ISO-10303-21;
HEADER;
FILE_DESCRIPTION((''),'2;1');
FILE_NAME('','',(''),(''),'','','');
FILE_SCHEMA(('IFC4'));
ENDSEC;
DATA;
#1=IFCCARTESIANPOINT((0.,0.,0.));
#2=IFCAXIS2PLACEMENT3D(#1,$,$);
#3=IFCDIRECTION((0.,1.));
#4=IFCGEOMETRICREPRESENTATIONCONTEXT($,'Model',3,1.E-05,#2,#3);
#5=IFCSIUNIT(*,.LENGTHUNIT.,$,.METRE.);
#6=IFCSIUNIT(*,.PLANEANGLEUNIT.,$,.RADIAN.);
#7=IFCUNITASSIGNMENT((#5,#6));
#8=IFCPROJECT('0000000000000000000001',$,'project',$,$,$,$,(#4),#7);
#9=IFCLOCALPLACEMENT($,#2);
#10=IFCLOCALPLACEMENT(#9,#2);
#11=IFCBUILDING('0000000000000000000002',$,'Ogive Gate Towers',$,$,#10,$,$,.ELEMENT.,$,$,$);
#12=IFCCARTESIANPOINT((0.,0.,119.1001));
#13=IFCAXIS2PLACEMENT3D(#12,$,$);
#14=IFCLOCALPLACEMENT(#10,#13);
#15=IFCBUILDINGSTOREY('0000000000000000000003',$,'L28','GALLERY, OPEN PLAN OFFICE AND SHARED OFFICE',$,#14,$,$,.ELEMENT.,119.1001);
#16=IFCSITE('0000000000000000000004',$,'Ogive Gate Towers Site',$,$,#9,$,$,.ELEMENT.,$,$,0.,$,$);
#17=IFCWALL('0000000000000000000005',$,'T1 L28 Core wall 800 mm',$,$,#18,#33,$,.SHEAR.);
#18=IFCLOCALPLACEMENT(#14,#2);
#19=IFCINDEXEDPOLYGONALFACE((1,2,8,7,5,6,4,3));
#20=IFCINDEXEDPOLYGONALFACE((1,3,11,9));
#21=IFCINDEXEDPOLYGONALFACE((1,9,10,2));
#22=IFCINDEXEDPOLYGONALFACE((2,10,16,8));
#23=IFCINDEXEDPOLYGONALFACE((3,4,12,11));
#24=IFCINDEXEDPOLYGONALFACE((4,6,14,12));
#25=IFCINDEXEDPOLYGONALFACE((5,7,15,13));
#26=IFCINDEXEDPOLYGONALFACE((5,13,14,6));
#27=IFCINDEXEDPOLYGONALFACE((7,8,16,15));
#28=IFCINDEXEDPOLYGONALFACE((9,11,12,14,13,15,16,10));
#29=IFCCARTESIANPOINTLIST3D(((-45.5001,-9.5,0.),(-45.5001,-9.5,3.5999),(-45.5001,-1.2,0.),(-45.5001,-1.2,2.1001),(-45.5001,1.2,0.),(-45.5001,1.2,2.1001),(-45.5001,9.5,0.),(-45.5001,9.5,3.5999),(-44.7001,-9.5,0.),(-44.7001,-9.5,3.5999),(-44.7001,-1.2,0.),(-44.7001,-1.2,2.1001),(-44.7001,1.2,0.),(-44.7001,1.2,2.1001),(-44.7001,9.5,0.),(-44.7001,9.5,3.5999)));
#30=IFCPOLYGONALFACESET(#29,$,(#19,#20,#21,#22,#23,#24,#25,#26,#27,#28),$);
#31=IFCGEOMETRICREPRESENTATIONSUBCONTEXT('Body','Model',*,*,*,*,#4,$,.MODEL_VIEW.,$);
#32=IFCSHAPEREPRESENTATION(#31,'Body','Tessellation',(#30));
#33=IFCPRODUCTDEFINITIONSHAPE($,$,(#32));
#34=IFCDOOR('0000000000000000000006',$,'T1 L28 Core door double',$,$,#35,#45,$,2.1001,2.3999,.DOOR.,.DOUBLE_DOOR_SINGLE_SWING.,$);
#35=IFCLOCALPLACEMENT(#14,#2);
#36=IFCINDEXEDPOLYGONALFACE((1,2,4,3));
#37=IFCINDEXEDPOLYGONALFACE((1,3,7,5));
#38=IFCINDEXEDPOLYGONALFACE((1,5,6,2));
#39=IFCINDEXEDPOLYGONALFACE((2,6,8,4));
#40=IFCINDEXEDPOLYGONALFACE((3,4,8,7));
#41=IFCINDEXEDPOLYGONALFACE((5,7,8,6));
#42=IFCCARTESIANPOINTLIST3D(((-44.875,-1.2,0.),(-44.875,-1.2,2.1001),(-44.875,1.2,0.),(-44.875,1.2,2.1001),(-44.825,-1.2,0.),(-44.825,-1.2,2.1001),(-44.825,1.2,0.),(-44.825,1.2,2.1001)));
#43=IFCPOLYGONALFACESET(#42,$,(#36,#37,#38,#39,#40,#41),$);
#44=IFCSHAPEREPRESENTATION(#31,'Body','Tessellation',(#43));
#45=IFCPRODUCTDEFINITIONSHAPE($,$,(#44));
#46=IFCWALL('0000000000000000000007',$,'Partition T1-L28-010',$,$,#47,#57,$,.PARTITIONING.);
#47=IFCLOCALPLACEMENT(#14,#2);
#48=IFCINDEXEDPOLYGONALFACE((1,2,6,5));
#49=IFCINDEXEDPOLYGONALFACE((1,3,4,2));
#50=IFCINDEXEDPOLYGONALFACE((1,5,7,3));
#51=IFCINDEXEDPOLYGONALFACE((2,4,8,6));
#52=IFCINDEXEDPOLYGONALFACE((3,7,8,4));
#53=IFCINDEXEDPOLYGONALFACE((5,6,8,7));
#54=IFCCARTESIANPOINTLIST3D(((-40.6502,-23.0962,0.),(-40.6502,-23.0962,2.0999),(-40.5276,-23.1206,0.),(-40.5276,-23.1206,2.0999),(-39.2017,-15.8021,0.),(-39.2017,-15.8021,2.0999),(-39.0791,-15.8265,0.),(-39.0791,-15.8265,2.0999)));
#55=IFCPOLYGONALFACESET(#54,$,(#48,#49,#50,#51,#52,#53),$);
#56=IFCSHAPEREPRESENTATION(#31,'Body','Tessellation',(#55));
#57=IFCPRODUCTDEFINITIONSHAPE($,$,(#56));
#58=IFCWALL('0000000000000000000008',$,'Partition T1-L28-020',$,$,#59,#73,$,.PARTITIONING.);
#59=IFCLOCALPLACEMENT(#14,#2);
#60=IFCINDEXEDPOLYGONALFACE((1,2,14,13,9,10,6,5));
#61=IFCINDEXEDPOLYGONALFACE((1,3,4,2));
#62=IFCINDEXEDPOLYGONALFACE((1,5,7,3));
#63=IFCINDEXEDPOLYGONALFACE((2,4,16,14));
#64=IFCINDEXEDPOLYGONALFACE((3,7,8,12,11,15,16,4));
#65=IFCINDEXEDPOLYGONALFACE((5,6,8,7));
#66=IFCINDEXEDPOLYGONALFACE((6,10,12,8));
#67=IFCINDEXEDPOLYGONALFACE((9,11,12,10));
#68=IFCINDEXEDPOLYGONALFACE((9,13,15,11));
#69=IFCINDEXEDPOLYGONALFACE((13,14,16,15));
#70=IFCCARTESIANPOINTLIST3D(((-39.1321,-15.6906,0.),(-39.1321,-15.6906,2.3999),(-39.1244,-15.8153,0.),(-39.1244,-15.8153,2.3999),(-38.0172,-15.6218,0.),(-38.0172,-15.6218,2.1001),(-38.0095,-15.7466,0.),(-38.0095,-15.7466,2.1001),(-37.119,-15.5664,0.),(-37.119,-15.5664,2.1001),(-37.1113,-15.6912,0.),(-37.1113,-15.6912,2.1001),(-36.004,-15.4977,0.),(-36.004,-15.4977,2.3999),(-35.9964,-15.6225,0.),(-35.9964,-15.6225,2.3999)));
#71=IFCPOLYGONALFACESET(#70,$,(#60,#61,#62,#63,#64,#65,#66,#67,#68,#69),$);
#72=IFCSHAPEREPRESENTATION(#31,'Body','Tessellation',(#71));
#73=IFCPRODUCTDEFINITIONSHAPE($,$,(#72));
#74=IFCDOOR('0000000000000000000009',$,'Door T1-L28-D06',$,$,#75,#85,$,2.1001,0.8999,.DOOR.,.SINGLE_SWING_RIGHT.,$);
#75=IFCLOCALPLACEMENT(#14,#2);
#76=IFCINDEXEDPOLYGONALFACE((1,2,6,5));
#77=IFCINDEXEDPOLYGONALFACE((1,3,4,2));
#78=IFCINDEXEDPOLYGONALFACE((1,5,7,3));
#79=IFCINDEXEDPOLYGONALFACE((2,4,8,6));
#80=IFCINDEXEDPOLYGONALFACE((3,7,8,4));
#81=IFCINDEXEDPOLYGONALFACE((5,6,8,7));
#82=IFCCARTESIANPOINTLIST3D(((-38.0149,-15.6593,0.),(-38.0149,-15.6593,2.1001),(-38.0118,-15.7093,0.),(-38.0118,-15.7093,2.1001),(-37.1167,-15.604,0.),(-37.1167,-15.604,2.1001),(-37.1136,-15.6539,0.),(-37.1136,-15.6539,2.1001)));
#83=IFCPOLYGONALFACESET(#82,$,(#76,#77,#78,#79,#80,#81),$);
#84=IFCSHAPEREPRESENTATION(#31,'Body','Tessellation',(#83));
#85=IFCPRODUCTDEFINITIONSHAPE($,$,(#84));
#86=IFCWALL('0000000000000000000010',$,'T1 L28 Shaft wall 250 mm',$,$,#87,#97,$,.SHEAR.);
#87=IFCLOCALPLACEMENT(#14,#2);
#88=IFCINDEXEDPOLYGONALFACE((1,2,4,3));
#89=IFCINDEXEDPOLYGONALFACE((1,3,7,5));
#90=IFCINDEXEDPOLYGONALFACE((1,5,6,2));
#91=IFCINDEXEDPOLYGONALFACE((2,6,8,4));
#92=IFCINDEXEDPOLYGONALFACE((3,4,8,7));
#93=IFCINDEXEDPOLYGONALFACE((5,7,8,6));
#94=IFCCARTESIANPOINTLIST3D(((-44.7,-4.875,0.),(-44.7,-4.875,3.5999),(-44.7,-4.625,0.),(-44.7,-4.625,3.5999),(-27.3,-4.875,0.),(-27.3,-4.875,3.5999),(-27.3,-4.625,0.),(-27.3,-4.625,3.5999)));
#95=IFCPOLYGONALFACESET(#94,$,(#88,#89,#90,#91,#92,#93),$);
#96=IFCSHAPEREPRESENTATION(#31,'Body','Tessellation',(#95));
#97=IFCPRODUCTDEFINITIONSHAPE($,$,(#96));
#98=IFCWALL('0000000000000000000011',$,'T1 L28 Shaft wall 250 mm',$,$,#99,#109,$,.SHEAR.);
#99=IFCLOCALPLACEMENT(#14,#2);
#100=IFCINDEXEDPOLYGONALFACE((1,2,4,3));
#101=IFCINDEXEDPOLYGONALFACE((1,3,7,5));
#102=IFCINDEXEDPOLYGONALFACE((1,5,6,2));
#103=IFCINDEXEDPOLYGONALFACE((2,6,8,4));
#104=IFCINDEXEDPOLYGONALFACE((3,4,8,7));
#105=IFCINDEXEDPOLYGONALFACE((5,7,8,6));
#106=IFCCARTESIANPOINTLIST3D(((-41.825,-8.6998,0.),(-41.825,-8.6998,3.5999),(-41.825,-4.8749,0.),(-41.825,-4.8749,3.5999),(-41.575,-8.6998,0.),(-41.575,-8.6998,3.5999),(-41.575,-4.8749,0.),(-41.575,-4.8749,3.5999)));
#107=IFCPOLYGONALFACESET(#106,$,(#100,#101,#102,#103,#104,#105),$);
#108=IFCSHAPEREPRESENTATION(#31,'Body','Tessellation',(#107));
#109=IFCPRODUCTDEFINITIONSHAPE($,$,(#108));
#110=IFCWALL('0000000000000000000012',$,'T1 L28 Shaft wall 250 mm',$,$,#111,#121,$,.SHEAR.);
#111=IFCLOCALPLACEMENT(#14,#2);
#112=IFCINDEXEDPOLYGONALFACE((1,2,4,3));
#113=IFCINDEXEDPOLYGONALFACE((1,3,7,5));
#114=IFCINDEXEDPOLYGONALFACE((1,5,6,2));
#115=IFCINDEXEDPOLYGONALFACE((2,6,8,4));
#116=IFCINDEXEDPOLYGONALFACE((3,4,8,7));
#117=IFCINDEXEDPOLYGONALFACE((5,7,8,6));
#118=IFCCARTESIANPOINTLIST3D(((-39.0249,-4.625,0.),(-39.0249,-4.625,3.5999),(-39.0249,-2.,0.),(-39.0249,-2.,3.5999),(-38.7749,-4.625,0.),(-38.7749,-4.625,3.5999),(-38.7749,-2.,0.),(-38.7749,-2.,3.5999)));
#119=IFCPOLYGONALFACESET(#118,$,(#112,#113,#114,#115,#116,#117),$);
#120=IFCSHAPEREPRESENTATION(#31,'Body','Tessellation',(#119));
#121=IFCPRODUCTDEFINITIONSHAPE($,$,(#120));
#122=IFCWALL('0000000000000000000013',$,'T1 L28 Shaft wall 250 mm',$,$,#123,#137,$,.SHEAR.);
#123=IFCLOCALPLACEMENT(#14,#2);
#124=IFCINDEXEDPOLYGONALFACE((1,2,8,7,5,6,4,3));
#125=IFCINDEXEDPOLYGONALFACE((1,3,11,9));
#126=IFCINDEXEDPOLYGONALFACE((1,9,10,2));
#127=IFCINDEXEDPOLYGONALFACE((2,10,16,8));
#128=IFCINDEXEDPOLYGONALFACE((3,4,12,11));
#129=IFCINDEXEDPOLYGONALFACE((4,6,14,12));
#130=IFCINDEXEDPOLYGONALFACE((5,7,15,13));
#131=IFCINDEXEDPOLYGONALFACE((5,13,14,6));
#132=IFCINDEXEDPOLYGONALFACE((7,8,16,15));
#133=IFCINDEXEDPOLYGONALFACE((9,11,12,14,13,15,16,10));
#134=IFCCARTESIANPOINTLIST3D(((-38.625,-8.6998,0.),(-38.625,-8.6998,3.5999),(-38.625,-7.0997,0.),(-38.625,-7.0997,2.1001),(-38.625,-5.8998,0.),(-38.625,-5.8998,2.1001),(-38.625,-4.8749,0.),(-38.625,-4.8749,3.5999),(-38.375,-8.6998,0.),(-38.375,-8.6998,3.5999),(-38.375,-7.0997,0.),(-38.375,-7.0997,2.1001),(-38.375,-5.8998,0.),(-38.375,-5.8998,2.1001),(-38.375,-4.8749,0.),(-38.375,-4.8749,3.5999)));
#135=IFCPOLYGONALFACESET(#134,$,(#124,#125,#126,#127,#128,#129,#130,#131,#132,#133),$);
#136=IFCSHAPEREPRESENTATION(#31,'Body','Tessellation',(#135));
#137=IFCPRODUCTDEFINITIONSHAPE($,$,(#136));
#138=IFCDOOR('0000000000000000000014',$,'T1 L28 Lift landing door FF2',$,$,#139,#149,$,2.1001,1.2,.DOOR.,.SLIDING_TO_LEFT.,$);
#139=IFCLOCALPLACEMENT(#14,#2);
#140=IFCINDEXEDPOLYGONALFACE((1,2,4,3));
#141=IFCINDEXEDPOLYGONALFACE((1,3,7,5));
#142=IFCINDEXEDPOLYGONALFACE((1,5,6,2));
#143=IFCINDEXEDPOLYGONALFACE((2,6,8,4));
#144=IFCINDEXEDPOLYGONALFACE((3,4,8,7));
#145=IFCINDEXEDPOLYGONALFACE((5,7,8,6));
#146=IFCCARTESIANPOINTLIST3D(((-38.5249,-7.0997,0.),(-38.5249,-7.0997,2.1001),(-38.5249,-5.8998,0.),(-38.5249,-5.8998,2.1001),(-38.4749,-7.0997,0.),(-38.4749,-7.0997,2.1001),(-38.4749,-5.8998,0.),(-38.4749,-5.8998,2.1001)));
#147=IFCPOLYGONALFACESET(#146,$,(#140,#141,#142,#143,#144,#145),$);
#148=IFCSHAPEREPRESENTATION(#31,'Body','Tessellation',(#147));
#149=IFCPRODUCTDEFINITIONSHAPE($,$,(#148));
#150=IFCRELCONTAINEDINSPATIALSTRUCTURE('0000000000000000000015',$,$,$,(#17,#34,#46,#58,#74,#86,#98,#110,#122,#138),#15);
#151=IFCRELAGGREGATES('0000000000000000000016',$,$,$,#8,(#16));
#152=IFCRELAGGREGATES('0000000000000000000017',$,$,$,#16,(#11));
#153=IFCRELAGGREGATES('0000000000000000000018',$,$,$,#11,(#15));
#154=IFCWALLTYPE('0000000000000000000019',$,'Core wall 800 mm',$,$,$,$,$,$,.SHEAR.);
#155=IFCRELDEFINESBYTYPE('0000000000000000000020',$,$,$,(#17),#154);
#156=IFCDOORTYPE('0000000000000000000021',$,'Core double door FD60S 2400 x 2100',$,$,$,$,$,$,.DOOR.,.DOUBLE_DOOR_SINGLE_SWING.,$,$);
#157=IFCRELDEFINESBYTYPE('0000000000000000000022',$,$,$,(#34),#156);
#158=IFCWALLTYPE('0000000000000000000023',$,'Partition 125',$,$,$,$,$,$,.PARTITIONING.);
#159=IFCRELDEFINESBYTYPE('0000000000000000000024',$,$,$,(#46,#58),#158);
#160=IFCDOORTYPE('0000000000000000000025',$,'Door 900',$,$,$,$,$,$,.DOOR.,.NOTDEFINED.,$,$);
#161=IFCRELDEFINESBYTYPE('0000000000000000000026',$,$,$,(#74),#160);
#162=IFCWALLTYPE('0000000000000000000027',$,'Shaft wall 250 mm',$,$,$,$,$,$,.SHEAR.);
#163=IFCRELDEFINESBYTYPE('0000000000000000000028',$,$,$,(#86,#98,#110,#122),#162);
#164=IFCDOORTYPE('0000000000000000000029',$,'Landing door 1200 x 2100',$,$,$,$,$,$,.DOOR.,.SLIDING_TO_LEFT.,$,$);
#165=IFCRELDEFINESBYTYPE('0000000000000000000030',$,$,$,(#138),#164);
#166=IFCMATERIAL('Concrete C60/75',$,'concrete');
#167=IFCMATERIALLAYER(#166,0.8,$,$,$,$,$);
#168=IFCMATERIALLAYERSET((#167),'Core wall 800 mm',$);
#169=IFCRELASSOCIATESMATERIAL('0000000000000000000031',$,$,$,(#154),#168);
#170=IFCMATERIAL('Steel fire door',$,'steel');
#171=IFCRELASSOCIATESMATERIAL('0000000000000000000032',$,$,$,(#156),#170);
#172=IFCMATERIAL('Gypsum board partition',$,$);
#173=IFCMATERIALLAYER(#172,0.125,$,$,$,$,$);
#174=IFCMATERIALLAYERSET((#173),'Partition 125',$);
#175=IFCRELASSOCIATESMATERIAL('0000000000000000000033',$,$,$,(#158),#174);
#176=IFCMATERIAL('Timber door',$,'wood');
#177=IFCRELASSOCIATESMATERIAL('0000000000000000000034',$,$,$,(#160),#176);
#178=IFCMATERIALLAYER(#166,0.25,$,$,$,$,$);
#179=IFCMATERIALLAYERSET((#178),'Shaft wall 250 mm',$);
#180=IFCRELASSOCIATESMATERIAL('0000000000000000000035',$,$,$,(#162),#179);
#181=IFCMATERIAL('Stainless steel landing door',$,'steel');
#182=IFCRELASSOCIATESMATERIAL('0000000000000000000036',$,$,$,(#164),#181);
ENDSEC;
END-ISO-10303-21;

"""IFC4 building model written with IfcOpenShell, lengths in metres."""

from ifc_helpers import new_model, si_unit, direction, frame, frame_2d, origin, place, context, subcontext, project, spatial, rectangle, extrude, material, layer, layer_set, type_object, element, fill, save


model = new_model("IFC4")

# Units and contexts
model_context = context("Model", 3, precision=1e-05, world=origin(), true_north=direction((0.0, 1.0)))
body_context = subcontext(model_context, "Body", "Model", "MODEL_VIEW")
ifc_project = project(units=[si_unit("LENGTHUNIT", "METRE"), si_unit("PLANEANGLEUNIT", "RADIAN")], contexts=[model_context])

# Site, building, storey
site_placement = place(None, origin())
site = spatial("IfcSite", under=ifc_project, at=site_placement, Name="Ogive Gate Towers Site", CompositionType="ELEMENT", RefElevation=0.0)
building_placement = place(site_placement, origin())
building = spatial("IfcBuilding", under=site, at=building_placement, Name="Ogive Gate Towers", CompositionType="ELEMENT")
storey_placement = place(building_placement, frame((0.0, 0.0, 119.1001)))
storey = spatial("IfcBuildingStorey", under=building, at=storey_placement, Name="L28", Description="GALLERY, OPEN PLAN OFFICE AND SHARED OFFICE", CompositionType="ELEMENT", Elevation=119.1001)

# Shared definitions
ifc_material_1 = material(Name="Concrete C60/75", Category="concrete")
ifc_layer_1 = layer(ifc_material_1, 0.8)
ifc_layer_set_1 = layer_set([ifc_layer_1], Name="Core wall 800 mm")
wall_type_1 = type_object("IfcWallType", Name="Core wall 800 mm", PredefinedType="SHEAR", material=ifc_layer_set_1)
ifc_material_2 = material(Name="Timber door", Category="wood")
ifc_material_3 = material(Name="Steel fire door", Category="steel")

# Wall, opening, door
wall_1_placement = place(storey_placement, frame((-45.1001, -9.5, 0.0), z_axis=(0.0, 0.0, 1.0), x_axis=(0.0, 1.0, 0.0)))
wall_1 = element("IfcWall", 1, at=wall_1_placement, inside=storey, type_object=wall_type_1, Name="T1 L28 Core wall 800 mm", PredefinedType="SHEAR", context=body_context, shape_type="SweptSolid", body=[
    extrude(rectangle(XDim=19.0, YDim=0.8, at=frame_2d((9.5, 0.0))), origin(), (0.0, 0.0, 1.0), 3.5999),
])
opening_1_placement = place(wall_1_placement, frame((8.3, 0.0, 0.0)))
opening_1 = element("IfcOpeningElement", 2, at=opening_1_placement, cuts=wall_1, PredefinedType="OPENING", context=body_context, shape_type="SweptSolid", body=[
    extrude(rectangle(XDim=2.3999, YDim=2.1001, at=frame_2d((1.2, 1.05))), frame((0.0, 0.4102, 0.0), z_axis=(0.0, -1.0, 0.0), x_axis=(1.0, 0.0, 0.0)), (0.0, 0.0, 1.0), 0.8201),
])
door_type_1 = type_object("IfcDoorType", Name="Core double door FD60S 2400 x 2100", OperationType="DOUBLE_DOOR_SINGLE_SWING", PredefinedType="DOOR", material=ifc_material_3)
door_1_placement = place(opening_1_placement, origin())
door_1 = element("IfcDoor", 3, at=door_1_placement, inside=storey, type_object=door_type_1, Name="T1 L28 Core door double", OperationType="DOUBLE_DOOR_SINGLE_SWING", OverallHeight=2.1001, OverallWidth=2.3999, PredefinedType="DOOR", context=body_context, shape_type="SweptSolid", body=[
    extrude(rectangle(XDim=2.3999, YDim=2.1001, at=frame_2d((1.2, 1.05))), frame((0.0, -0.2251, 0.0), z_axis=(0.0, -1.0, 0.0), x_axis=(1.0, 0.0, 0.0)), (0.0, 0.0, 1.0), 0.05),
])
fill(opening_1, door_1)

# Wall
ifc_material_4 = material(Name="Gypsum board partition")
ifc_layer_2 = layer(ifc_material_4, 0.125)
ifc_layer_set_2 = layer_set([ifc_layer_2], Name="Partition 125")
wall_type_2 = type_object("IfcWallType", Name="Partition 125", PredefinedType="PARTITIONING", material=ifc_layer_set_2)
wall_2_placement = place(storey_placement, frame((-40.5889, -23.1084, 0.0), z_axis=(0.0, 0.0, 1.0), x_axis=(0.194778, 0.980847, 0.0)))
element("IfcWall", 4, at=wall_2_placement, inside=storey, type_object=wall_type_2, Name="Partition T1-L28-010", PredefinedType="PARTITIONING", context=body_context, shape_type="SweptSolid", body=[
    extrude(rectangle(XDim=7.4365, YDim=0.125, at=frame_2d((3.7183, 0.0))), origin(), (0.0, 0.0, 1.0), 2.0999),
])

# Wall, opening, door
wall_3_placement = place(storey_placement, frame((-39.1282, -15.7529, 0.0), z_axis=(0.0, 0.0, 1.0), x_axis=(0.998105, 0.061539, 0.0)))
wall_3 = element("IfcWall", 5, at=wall_3_placement, inside=storey, type_object=wall_type_2, Name="Partition T1-L28-020", PredefinedType="PARTITIONING", context=body_context, shape_type="SweptSolid", body=[
    extrude(rectangle(XDim=3.134, YDim=0.125, at=frame_2d((1.5669, 0.0))), origin(), (0.0, 0.0, 1.0), 2.3999),
])
opening_2_placement = place(wall_3_placement, frame((1.1169, 0.0, 0.0)))
opening_2 = element("IfcOpeningElement", 6, at=opening_2_placement, cuts=wall_3, PredefinedType="OPENING", context=body_context, shape_type="SweptSolid", body=[
    extrude(rectangle(XDim=0.8999, YDim=2.1001, at=frame_2d((0.45, 1.05))), frame((0.0, 0.0725, 0.0), z_axis=(0.0, -1.0, 0.0), x_axis=(1.0, 0.0, 0.0)), (0.0, 0.0, 1.0), 0.145),
])
door_type_2 = type_object("IfcDoorType", Name="Door 900", OperationType="NOTDEFINED", PredefinedType="DOOR", material=ifc_material_2)
door_2_placement = place(opening_2_placement, origin())
door_2 = element("IfcDoor", 7, at=door_2_placement, inside=storey, type_object=door_type_2, Name="Door T1-L28-D06", OperationType="SINGLE_SWING_RIGHT", OverallHeight=2.1001, OverallWidth=0.8999, PredefinedType="DOOR", context=body_context, shape_type="SweptSolid", body=[
    extrude(rectangle(XDim=0.8999, YDim=2.1001, at=frame_2d((0.45, 1.05))), frame((0.0, 0.0249, 0.0), z_axis=(0.0, -1.0, 0.0), x_axis=(1.0, 0.0, 0.0)), (0.0, 0.0, 1.0), 0.05),
])
fill(opening_2, door_2)

# Walls
ifc_layer_3 = layer(ifc_material_1, 0.25)
ifc_layer_set_3 = layer_set([ifc_layer_3], Name="Shaft wall 250 mm")
wall_type_3 = type_object("IfcWallType", Name="Shaft wall 250 mm", PredefinedType="SHEAR", material=ifc_layer_set_3)
wall_4_placement = place(storey_placement, frame((-44.7, -4.75, 0.0), z_axis=(0.0, 0.0, 1.0), x_axis=(1.0, 0.0, 0.0)))
element("IfcWall", 8, at=wall_4_placement, inside=storey, type_object=wall_type_3, Name="T1 L28 Shaft wall 250 mm", PredefinedType="SHEAR", context=body_context, shape_type="SweptSolid", body=[
    extrude(rectangle(XDim=17.3999, YDim=0.25, at=frame_2d((8.7, 0.0))), origin(), (0.0, 0.0, 1.0), 3.5999),
])
wall_5_placement = place(storey_placement, frame((-41.7, -8.7, 0.0), z_axis=(0.0, 0.0, 1.0), x_axis=(0.0, 1.0, 0.0)))
element("IfcWall", 9, at=wall_5_placement, inside=storey, type_object=wall_type_3, Name="T1 L28 Shaft wall 250 mm", PredefinedType="SHEAR", context=body_context, shape_type="SweptSolid", body=[
    extrude(rectangle(XDim=3.825, YDim=0.25, at=frame_2d((1.9126, 0.0))), origin(), (0.0, 0.0, 1.0), 3.5999),
])
wall_6_placement = place(storey_placement, frame((-38.8999, -4.625, 0.0), z_axis=(0.0, 0.0, 1.0), x_axis=(0.0, 1.0, 0.0)))
element("IfcWall", 10, at=wall_6_placement, inside=storey, type_object=wall_type_3, Name="T1 L28 Shaft wall 250 mm", PredefinedType="SHEAR", context=body_context, shape_type="SweptSolid", body=[
    extrude(rectangle(XDim=2.625, YDim=0.25, at=frame_2d((1.3125, 0.0))), origin(), (0.0, 0.0, 1.0), 3.5999),
])

# Wall, opening, door
wall_7_placement = place(storey_placement, frame((-38.5, -8.7, 0.0), z_axis=(0.0, 0.0, 1.0), x_axis=(0.0, 1.0, 0.0)))
wall_7 = element("IfcWall", 11, at=wall_7_placement, inside=storey, type_object=wall_type_3, Name="T1 L28 Shaft wall 250 mm", PredefinedType="SHEAR", context=body_context, shape_type="SweptSolid", body=[
    extrude(rectangle(XDim=3.825, YDim=0.25, at=frame_2d((1.9126, 0.0))), origin(), (0.0, 0.0, 1.0), 3.5999),
])
opening_3_placement = place(wall_7_placement, frame((1.6001, 0.0, 0.0)))
opening_3 = element("IfcOpeningElement", 12, at=opening_3_placement, cuts=wall_7, PredefinedType="OPENING", context=body_context, shape_type="SweptSolid", body=[
    extrude(rectangle(XDim=1.2, YDim=2.1001, at=frame_2d((0.6001, 1.05))), frame((0.0, 0.135, 0.0), z_axis=(0.0, -1.0, 0.0), x_axis=(1.0, 0.0, 0.0)), (0.0, 0.0, 1.0), 0.27),
])
ifc_material_5 = material(Name="Stainless steel landing door", Category="steel")
door_type_3 = type_object("IfcDoorType", Name="Landing door 1200 x 2100", OperationType="SLIDING_TO_LEFT", PredefinedType="DOOR", material=ifc_material_5)
door_3_placement = place(opening_3_placement, origin())
door_3 = element("IfcDoor", 13, at=door_3_placement, inside=storey, type_object=door_type_3, Name="T1 L28 Lift landing door FF2", OperationType="SLIDING_TO_LEFT", OverallHeight=2.1001, OverallWidth=1.2, PredefinedType="DOOR", context=body_context, shape_type="SweptSolid", body=[
    extrude(rectangle(XDim=1.2, YDim=2.1001, at=frame_2d((0.6001, 1.05))), frame((0.0, 0.0249, 0.0), z_axis=(0.0, -1.0, 0.0), x_axis=(1.0, 0.0, 0.0)), (0.0, 0.0, 1.0), 0.05),
])
fill(opening_3, door_3)

save(model, "model.ifc")
